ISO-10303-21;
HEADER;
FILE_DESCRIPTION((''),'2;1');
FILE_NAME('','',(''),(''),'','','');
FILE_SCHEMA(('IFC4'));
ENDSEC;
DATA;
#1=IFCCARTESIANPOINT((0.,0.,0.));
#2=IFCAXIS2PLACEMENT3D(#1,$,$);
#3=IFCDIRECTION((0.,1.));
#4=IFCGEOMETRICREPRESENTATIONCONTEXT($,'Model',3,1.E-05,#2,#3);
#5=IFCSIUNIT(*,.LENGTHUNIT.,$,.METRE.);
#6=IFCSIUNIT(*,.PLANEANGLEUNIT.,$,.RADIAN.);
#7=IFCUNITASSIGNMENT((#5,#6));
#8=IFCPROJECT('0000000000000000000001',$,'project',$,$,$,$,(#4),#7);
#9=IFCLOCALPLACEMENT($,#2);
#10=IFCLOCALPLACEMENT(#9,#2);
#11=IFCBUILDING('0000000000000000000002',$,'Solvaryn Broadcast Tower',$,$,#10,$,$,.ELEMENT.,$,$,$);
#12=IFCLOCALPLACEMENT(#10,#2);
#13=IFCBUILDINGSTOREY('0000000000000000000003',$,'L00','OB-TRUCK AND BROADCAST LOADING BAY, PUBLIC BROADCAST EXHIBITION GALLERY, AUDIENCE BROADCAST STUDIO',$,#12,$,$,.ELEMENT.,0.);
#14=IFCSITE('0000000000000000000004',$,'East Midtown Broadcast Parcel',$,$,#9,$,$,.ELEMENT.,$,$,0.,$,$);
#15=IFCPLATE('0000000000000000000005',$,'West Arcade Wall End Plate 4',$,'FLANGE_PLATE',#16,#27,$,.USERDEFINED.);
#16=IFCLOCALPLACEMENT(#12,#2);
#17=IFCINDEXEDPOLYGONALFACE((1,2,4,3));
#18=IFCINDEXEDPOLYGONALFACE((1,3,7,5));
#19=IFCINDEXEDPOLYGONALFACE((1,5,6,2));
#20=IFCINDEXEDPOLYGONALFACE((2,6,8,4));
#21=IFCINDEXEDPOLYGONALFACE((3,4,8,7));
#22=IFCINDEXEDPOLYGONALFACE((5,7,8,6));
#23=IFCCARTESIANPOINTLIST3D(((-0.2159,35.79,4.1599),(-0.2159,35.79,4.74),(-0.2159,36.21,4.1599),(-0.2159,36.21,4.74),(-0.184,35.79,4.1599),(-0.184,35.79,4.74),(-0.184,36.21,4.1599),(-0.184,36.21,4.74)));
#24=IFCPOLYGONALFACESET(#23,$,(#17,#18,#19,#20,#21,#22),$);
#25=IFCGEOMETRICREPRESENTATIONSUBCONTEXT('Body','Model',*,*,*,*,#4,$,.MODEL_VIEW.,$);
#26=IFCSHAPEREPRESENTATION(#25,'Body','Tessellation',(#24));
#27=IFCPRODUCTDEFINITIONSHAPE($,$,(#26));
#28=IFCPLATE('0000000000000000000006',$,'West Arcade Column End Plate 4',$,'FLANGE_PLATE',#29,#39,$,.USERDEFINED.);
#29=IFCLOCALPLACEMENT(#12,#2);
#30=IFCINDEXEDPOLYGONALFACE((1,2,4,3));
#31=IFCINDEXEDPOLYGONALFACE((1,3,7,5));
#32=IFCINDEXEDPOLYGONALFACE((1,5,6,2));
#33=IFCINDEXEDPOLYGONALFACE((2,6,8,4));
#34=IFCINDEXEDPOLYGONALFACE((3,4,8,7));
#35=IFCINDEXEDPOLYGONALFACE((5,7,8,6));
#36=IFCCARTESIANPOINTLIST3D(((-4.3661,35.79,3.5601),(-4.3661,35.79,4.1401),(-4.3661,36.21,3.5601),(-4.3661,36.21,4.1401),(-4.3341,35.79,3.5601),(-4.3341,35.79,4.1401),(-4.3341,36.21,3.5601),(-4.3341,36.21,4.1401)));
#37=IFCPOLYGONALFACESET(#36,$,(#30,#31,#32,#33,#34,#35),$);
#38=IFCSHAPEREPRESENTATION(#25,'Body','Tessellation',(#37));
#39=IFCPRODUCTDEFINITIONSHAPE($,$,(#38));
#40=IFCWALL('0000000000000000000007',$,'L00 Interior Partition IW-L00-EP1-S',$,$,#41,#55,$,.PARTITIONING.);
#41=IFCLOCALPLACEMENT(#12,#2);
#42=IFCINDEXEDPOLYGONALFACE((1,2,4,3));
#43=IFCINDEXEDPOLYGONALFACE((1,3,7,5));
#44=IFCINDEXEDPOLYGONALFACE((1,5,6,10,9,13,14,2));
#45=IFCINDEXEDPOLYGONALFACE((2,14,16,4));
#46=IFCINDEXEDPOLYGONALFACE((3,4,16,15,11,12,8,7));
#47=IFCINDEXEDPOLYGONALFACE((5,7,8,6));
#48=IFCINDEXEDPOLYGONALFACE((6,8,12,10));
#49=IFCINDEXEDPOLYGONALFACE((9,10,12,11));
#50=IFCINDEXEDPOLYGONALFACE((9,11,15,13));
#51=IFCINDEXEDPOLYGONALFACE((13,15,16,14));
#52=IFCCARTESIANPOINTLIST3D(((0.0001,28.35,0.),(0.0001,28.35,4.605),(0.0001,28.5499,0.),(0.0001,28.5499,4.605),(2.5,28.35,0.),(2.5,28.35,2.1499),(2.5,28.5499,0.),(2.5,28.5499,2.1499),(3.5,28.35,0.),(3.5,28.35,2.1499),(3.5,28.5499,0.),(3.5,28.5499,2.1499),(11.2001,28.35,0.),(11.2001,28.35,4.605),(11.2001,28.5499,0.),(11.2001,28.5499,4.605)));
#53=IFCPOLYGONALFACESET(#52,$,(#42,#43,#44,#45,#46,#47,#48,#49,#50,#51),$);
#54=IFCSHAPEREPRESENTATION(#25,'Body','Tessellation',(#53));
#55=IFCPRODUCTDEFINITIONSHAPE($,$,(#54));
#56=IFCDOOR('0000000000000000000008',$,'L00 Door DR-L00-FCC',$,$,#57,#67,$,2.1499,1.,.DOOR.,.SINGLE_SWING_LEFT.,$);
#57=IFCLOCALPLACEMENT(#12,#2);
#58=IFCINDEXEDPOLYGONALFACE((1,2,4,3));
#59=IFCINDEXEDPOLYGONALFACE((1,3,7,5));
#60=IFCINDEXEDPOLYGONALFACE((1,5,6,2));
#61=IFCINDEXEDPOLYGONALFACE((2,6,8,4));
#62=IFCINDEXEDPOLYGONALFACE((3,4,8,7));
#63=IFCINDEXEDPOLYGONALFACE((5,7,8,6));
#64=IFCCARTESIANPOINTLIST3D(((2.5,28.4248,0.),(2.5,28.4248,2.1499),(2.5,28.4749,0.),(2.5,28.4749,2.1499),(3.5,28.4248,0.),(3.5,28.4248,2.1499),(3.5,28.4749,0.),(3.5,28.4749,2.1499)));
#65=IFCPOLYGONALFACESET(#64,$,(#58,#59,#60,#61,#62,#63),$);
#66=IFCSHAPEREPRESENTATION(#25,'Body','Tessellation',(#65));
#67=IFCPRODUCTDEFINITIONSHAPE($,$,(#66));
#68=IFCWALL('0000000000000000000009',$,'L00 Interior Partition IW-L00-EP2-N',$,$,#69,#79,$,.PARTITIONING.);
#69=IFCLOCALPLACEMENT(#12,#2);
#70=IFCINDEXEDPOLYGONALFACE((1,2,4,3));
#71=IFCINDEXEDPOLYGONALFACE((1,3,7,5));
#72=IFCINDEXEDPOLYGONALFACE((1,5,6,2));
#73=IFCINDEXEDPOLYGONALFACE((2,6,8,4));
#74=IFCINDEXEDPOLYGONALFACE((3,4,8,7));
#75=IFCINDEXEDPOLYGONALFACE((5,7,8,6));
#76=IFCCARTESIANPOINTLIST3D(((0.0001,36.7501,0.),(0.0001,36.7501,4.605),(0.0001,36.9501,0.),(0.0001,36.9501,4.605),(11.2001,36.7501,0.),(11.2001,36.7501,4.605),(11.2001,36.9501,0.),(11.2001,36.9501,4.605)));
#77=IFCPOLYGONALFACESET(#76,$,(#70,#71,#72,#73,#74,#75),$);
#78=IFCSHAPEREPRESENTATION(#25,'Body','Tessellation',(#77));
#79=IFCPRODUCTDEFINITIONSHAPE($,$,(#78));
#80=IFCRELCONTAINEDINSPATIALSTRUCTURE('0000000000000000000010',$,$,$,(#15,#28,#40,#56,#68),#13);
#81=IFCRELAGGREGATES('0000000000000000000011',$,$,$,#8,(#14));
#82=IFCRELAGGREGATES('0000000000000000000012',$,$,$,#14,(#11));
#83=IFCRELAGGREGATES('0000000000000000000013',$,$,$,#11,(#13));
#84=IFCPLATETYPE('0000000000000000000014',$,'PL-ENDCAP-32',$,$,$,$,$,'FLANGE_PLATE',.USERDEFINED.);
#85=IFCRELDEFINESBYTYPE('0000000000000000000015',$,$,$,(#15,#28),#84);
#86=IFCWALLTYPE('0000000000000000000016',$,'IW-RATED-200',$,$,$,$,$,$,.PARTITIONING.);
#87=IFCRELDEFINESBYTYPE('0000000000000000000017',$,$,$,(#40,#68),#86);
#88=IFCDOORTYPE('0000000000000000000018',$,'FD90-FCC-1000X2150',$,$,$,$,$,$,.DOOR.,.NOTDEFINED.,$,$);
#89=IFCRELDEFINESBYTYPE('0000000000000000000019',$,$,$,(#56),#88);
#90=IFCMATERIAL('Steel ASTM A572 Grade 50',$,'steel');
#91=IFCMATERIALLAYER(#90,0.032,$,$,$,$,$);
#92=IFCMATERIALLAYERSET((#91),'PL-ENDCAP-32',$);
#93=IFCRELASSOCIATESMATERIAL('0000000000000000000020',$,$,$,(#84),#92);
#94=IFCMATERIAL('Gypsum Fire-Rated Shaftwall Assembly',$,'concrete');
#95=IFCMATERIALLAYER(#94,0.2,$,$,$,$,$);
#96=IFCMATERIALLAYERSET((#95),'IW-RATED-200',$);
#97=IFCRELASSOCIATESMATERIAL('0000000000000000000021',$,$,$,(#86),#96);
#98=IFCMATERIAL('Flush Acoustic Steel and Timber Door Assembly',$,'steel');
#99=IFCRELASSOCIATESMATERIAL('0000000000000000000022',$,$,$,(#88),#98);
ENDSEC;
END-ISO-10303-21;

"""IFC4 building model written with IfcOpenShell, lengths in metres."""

from ifc_helpers import new_model, si_unit, direction, frame, frame_2d, origin, origin_2d, place, context, subcontext, project, spatial, rectangle, extrude, material, layer, layer_set, type_object, element, fill, save


model = new_model("IFC4")

# Units and contexts
model_context = context("Model", 3, precision=1e-05, world=origin(), true_north=direction((0.0, 1.0)))
body_context = subcontext(model_context, "Body", "Model", "MODEL_VIEW")
ifc_project = project(units=[si_unit("LENGTHUNIT", "METRE"), si_unit("PLANEANGLEUNIT", "RADIAN")], contexts=[model_context])

# Site, building, storey
site_placement = place(None, origin())
site = spatial("IfcSite", under=ifc_project, at=site_placement, Name="East Midtown Broadcast Parcel", CompositionType="ELEMENT", RefElevation=0.0)
building_placement = place(site_placement, origin())
building = spatial("IfcBuilding", under=site, at=building_placement, Name="Solvaryn Broadcast Tower", CompositionType="ELEMENT")
storey_placement = place(building_placement, origin())
storey = spatial("IfcBuildingStorey", under=building, at=storey_placement, Name="L00", Description="OB-TRUCK AND BROADCAST LOADING BAY, PUBLIC BROADCAST EXHIBITION GALLERY, AUDIENCE BROADCAST STUDIO", CompositionType="ELEMENT", Elevation=0.0)

# Plates
ifc_material_1 = material(Name="Steel ASTM A572 Grade 50", Category="steel")
ifc_layer_1 = layer(ifc_material_1, 0.032)
ifc_layer_set_1 = layer_set([ifc_layer_1], Name="PL-ENDCAP-32")
plate_type = type_object("IfcPlateType", Name="PL-ENDCAP-32", ElementType="FLANGE_PLATE", PredefinedType="USERDEFINED", material=ifc_layer_set_1)
for number, where, z_axis, x_axis, name in (
    (1, (-0.2, 36.0, 4.1599), (0.0, 0.0, 1.0), (1.0, 0.0, 0.0), "West Arcade Wall End Plate 4"),
    (2, (-4.3501, 36.0, 3.5601), (0.0, 0.0, 1.0), (1.0, 0.0, 0.0), "West Arcade Column End Plate 4"),
):
    element("IfcPlate", number, at=place(storey_placement, frame(where, z_axis=z_axis, x_axis=x_axis)), inside=storey, type_object=plate_type, Name=name, ObjectType="FLANGE_PLATE", PredefinedType="USERDEFINED", context=body_context, shape_type="SweptSolid", body=[
        extrude(rectangle(XDim=0.032, YDim=0.4199, at=origin_2d()), origin(), (0.0, 0.0, 1.0), 0.5801),
    ])

# Wall, opening, door
ifc_material_2 = material(Name="Gypsum Fire-Rated Shaftwall Assembly", Category="concrete")
ifc_layer_2 = layer(ifc_material_2, 0.2)
ifc_layer_set_2 = layer_set([ifc_layer_2], Name="IW-RATED-200")
wall_type = type_object("IfcWallType", Name="IW-RATED-200", PredefinedType="PARTITIONING", material=ifc_layer_set_2)
wall_1_placement = place(storey_placement, frame((0.0, 28.45, 0.0), z_axis=(0.0, 0.0, 1.0), x_axis=(1.0, 0.0, 0.0)))
wall_1 = element("IfcWall", 3, at=wall_1_placement, inside=storey, type_object=wall_type, Name="L00 Interior Partition IW-L00-EP1-S", PredefinedType="PARTITIONING", context=body_context, shape_type="SweptSolid", body=[
    extrude(rectangle(XDim=11.2, YDim=0.2, at=frame_2d((5.6001, 0.0))), origin(), (0.0, 0.0, 1.0), 4.605),
])
opening_placement = place(wall_1_placement, frame((2.5, 0.0, 0.0)))
opening = element("IfcOpeningElement", 4, at=opening_placement, cuts=wall_1, PredefinedType="OPENING", context=body_context, shape_type="SweptSolid", body=[
    extrude(rectangle(XDim=1.0, YDim=2.1499, at=frame_2d((0.5, 1.075))), frame((0.0, 0.1101, 0.0), z_axis=(0.0, -1.0, 0.0), x_axis=(1.0, 0.0, 0.0)), (0.0, 0.0, 1.0), 0.22),
])
ifc_material_3 = material(Name="Flush Acoustic Steel and Timber Door Assembly", Category="steel")
door_type = type_object("IfcDoorType", Name="FD90-FCC-1000X2150", OperationType="NOTDEFINED", PredefinedType="DOOR", material=ifc_material_3)
door_placement = place(opening_placement, origin())
door = element("IfcDoor", 5, at=door_placement, inside=storey, type_object=door_type, Name="L00 Door DR-L00-FCC", OperationType="SINGLE_SWING_LEFT", OverallHeight=2.1499, OverallWidth=1.0, PredefinedType="DOOR", context=body_context, shape_type="SweptSolid", body=[
    extrude(rectangle(XDim=1.0, YDim=2.1499, at=frame_2d((0.5, 1.075))), frame((0.0, 0.0249, 0.0), z_axis=(0.0, -1.0, 0.0), x_axis=(1.0, 0.0, 0.0)), (0.0, 0.0, 1.0), 0.05),
])
fill(opening, door)

# Wall
wall_2_placement = place(storey_placement, frame((0.0, 36.8501, 0.0), z_axis=(0.0, 0.0, 1.0), x_axis=(1.0, 0.0, 0.0)))
element("IfcWall", 6, at=wall_2_placement, inside=storey, type_object=wall_type, Name="L00 Interior Partition IW-L00-EP2-N", PredefinedType="PARTITIONING", context=body_context, shape_type="SweptSolid", body=[
    extrude(rectangle(XDim=11.2, YDim=0.2, at=frame_2d((5.6001, 0.0))), origin(), (0.0, 0.0, 1.0), 4.605),
])

save(model, "model.ifc")
